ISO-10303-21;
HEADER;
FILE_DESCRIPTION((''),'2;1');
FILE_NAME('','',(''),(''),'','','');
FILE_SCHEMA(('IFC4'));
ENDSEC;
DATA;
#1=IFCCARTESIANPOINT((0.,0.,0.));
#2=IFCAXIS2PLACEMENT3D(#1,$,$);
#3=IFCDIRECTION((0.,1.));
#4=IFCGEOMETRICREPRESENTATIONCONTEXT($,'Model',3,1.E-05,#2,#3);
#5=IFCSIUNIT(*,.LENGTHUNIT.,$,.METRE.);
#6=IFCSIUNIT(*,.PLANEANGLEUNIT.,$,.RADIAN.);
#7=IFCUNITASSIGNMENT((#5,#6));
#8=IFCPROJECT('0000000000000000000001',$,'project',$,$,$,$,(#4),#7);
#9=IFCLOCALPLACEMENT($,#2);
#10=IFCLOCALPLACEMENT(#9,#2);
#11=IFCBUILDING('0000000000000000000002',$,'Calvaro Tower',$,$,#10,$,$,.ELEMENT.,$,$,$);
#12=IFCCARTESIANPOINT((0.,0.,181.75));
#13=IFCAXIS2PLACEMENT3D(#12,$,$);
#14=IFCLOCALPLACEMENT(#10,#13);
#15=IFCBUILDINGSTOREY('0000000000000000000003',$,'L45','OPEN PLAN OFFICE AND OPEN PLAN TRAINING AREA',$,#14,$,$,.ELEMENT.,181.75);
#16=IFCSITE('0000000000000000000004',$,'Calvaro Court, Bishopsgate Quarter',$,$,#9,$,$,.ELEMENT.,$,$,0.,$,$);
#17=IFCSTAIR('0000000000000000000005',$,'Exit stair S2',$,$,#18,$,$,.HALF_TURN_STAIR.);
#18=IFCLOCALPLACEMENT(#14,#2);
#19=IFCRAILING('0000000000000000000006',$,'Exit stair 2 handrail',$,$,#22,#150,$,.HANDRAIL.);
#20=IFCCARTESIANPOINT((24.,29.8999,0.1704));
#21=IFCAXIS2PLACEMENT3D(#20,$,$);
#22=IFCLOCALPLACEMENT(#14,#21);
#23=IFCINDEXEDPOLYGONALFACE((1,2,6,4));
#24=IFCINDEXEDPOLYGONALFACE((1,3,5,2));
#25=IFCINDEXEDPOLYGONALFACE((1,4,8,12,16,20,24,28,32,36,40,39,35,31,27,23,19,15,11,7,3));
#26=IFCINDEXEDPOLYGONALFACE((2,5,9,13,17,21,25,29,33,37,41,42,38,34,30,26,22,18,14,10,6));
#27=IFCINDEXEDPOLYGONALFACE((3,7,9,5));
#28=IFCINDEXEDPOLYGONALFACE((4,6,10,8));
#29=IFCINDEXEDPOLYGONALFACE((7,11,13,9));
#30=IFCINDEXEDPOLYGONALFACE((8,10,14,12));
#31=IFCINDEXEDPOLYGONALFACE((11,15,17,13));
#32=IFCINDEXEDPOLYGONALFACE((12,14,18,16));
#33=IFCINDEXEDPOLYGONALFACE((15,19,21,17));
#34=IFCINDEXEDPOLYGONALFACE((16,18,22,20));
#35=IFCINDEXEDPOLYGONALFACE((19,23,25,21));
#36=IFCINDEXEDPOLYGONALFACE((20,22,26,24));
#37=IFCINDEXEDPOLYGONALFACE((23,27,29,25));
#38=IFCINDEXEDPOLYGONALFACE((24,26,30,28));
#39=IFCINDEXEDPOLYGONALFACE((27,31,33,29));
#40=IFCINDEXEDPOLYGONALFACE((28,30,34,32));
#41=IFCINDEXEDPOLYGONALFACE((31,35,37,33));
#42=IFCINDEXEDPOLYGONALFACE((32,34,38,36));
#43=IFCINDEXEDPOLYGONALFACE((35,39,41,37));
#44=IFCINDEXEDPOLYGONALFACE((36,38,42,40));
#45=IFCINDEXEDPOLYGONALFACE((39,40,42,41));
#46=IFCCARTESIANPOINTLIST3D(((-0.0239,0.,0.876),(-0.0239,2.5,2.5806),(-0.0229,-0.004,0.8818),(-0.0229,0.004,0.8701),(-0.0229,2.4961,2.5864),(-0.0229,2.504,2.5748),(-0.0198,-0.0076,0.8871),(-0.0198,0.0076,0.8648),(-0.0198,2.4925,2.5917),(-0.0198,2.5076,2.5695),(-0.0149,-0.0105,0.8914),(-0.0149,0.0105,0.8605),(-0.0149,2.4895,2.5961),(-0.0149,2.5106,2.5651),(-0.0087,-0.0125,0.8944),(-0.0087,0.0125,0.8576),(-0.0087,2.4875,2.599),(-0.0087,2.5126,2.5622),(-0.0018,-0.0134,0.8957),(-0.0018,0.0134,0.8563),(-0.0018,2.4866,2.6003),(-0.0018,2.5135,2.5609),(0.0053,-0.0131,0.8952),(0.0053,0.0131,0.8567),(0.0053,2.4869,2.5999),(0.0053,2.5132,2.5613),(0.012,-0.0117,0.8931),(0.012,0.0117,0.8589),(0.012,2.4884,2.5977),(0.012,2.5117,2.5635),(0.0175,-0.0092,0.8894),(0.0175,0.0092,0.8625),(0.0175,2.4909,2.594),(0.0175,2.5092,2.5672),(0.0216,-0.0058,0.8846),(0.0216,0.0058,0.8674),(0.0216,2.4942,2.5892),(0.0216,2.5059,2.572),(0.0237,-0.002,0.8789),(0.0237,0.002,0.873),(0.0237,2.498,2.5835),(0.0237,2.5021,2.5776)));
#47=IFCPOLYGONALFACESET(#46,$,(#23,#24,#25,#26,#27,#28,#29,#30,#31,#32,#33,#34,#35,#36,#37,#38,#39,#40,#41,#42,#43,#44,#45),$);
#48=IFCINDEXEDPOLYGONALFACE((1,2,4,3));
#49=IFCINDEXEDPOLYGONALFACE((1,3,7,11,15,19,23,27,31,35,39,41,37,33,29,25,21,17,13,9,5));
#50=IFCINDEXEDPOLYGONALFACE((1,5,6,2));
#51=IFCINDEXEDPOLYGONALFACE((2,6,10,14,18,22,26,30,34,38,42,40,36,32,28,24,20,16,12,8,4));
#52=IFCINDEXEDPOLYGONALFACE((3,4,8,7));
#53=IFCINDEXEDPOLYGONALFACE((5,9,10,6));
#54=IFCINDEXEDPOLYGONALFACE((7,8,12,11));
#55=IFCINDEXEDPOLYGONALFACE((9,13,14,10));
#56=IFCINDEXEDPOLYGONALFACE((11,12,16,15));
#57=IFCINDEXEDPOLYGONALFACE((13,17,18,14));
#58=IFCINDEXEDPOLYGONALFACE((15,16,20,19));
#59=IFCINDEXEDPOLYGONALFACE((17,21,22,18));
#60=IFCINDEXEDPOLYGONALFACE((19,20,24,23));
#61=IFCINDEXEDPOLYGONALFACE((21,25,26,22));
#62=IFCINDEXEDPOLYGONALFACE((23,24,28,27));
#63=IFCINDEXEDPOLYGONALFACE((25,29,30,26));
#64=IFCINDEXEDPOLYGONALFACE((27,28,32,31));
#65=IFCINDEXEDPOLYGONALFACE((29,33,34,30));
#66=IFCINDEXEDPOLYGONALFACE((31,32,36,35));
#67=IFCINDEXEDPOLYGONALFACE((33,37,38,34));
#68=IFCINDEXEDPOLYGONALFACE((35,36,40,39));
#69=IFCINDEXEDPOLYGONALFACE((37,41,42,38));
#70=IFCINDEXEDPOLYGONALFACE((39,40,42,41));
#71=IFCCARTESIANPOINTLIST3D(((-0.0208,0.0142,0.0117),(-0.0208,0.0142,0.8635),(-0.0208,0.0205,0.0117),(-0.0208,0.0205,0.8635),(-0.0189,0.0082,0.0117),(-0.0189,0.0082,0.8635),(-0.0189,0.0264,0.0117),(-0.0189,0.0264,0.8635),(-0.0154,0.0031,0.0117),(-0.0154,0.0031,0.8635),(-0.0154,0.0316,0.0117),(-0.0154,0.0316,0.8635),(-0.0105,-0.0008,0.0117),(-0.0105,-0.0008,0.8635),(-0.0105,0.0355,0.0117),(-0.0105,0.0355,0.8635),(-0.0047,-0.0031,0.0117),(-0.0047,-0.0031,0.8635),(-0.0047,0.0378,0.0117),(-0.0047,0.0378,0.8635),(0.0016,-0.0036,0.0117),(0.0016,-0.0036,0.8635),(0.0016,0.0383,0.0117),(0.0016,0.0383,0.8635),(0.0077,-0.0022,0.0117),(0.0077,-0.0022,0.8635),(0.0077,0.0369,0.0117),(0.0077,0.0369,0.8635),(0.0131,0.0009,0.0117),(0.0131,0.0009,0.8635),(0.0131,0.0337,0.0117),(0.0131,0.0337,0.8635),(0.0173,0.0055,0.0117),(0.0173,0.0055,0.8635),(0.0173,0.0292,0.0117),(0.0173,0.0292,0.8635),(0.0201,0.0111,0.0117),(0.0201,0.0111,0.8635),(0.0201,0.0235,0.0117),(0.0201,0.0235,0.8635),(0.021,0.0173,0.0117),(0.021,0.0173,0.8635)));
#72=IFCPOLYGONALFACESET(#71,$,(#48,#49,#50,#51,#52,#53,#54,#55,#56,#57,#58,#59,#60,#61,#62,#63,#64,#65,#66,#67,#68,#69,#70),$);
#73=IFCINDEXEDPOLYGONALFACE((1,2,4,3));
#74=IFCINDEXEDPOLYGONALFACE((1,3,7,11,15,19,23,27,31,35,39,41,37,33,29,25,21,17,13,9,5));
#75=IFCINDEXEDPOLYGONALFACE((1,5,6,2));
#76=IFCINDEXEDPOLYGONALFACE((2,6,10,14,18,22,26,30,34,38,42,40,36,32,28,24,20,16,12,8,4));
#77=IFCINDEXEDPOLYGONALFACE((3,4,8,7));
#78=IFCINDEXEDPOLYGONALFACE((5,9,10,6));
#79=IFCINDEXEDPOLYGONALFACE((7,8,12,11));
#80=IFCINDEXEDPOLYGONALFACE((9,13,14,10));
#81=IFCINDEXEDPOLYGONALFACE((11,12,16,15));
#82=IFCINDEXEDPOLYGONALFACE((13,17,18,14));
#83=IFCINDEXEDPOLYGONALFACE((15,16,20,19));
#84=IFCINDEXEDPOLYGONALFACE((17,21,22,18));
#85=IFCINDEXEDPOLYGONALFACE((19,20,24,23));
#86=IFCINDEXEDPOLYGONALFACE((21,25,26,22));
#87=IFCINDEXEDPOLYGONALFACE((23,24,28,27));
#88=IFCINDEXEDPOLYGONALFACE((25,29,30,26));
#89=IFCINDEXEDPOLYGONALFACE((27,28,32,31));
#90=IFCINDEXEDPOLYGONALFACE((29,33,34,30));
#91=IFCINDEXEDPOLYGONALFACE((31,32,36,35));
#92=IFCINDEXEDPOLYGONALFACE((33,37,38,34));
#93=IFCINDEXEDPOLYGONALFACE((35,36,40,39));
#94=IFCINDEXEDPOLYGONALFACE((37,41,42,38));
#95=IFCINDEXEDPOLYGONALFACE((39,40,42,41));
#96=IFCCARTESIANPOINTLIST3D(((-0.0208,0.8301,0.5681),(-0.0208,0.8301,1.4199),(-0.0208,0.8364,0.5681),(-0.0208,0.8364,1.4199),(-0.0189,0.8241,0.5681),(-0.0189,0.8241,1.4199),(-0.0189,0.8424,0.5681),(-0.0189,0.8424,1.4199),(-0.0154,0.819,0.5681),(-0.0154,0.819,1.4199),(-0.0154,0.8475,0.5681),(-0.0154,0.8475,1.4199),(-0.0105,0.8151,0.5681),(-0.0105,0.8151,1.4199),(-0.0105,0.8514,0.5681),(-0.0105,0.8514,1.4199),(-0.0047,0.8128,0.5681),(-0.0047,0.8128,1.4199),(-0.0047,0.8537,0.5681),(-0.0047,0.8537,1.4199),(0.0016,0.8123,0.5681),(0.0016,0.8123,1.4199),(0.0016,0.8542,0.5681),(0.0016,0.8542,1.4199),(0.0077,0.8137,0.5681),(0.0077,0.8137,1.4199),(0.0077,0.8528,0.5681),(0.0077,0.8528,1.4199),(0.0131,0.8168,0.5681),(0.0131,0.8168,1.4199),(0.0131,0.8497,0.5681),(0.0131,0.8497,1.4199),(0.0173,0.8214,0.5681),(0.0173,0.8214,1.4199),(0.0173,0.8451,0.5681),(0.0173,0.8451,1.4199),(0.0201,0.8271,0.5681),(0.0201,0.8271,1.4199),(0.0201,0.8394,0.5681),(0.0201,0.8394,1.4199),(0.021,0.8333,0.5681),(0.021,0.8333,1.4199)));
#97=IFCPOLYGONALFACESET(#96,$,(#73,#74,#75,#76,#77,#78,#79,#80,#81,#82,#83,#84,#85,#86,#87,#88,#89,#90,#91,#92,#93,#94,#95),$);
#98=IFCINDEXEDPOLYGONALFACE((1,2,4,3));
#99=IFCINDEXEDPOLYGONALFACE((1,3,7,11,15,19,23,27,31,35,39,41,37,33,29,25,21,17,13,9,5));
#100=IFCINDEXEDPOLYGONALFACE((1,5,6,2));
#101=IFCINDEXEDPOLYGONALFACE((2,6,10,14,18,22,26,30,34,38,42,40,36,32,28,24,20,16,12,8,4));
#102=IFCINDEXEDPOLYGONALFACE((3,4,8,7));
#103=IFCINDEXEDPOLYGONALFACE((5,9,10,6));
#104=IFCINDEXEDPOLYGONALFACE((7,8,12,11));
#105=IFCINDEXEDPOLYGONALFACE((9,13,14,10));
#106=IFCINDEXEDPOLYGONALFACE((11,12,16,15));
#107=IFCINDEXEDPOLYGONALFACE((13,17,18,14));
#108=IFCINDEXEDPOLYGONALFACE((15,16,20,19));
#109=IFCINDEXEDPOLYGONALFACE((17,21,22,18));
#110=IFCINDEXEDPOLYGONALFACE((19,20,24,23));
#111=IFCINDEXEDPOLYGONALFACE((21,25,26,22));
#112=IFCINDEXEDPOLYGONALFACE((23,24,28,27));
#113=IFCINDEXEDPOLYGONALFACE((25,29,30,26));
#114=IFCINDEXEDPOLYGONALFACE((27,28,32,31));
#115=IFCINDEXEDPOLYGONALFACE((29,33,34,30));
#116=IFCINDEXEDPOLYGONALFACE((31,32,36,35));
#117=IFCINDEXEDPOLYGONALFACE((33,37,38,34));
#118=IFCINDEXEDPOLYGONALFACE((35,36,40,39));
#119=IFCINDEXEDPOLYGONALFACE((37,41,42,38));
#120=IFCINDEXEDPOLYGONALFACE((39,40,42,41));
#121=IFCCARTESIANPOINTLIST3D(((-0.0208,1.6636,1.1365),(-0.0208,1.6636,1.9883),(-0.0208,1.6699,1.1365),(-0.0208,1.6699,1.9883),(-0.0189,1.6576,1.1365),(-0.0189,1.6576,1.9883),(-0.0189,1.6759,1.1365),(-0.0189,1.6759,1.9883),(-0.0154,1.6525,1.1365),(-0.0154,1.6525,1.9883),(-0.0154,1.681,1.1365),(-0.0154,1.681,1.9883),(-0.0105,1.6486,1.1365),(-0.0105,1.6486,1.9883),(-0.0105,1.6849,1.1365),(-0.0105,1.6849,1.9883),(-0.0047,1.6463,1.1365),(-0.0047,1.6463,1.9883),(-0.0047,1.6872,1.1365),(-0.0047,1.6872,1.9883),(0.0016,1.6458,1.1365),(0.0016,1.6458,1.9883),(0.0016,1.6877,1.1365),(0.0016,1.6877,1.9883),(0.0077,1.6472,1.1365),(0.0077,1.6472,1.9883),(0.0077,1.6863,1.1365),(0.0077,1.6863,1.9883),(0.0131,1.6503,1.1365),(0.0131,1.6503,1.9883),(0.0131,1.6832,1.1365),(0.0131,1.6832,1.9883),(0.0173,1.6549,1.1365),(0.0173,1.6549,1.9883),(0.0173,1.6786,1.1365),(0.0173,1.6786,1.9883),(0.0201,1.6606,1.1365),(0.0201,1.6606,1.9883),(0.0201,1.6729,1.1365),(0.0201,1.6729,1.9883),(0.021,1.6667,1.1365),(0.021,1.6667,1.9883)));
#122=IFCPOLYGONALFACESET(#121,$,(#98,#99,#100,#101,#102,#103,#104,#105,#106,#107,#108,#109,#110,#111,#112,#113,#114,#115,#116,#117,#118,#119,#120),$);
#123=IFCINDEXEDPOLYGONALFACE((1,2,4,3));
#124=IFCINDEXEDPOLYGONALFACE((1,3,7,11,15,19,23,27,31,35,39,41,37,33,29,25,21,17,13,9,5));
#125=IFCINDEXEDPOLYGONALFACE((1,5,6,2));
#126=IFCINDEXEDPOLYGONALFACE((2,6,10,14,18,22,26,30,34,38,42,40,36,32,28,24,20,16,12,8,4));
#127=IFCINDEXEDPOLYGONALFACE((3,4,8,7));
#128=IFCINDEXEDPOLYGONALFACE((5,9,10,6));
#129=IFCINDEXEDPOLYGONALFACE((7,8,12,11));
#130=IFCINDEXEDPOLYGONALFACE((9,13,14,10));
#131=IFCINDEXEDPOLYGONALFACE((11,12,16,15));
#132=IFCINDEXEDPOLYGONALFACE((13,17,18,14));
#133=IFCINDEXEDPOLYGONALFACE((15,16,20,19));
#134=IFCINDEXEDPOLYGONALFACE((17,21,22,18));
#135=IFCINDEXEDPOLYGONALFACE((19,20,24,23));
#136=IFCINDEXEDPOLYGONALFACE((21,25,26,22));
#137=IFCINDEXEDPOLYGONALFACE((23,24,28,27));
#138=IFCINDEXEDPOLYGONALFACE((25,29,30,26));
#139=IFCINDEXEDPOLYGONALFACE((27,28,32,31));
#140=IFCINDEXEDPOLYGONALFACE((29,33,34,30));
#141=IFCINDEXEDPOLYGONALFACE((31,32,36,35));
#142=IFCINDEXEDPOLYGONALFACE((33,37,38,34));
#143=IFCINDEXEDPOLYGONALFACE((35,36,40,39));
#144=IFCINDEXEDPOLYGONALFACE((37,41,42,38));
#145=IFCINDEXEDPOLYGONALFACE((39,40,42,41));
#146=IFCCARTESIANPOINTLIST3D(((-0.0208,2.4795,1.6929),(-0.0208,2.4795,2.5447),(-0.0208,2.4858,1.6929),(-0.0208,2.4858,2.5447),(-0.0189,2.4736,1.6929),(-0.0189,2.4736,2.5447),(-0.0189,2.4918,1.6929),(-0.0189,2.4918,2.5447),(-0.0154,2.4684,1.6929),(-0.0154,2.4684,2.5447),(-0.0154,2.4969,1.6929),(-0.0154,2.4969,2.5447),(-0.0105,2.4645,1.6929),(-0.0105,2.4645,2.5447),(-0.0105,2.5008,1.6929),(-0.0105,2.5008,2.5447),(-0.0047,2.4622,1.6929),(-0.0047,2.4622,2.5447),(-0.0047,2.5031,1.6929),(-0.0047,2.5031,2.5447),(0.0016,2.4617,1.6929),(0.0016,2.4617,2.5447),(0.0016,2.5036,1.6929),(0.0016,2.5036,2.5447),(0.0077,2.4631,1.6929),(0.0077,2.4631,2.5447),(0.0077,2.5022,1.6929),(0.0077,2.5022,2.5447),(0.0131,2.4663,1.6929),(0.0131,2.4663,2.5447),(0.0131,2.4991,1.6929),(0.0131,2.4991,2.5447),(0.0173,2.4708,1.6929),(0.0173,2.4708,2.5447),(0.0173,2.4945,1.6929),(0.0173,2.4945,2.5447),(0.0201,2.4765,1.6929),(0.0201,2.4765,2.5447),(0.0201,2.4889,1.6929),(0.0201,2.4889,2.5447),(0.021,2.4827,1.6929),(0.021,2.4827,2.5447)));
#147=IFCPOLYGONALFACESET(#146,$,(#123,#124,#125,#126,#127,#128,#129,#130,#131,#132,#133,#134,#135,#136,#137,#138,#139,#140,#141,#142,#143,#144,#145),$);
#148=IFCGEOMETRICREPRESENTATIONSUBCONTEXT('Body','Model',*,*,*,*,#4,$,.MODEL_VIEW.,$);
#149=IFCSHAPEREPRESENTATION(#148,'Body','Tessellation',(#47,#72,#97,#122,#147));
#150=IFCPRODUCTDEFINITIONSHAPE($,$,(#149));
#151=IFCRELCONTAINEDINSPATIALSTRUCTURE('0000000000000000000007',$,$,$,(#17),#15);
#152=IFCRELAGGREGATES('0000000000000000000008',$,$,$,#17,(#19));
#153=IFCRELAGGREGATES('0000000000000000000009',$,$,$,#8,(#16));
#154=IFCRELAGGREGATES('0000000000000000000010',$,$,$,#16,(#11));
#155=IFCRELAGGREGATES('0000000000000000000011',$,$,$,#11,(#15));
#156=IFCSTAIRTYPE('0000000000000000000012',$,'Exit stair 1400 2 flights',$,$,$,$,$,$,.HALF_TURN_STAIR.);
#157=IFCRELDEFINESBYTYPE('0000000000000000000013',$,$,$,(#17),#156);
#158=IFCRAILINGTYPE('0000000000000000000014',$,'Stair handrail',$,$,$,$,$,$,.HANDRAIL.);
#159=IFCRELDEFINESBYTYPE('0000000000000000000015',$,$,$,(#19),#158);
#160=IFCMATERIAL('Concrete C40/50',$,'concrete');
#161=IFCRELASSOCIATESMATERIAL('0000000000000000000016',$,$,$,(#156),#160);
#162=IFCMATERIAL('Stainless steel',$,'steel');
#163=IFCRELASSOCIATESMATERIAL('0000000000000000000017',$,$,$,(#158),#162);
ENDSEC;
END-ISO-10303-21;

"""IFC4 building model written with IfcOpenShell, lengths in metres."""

from ifc_helpers import new_model, si_unit, direction, frame, origin, origin_2d, place, context, subcontext, project, spatial, circle, extrude, material, type_object, element, aggregate, save


model = new_model("IFC4")

# Units and contexts
model_context = context("Model", 3, precision=1e-05, world=origin(), true_north=direction((0.0, 1.0)))
body_context = subcontext(model_context, "Body", "Model", "MODEL_VIEW")
ifc_project = project(units=[si_unit("LENGTHUNIT", "METRE"), si_unit("PLANEANGLEUNIT", "RADIAN")], contexts=[model_context])

# Site, building, storey
site_placement = place(None, origin())
site = spatial("IfcSite", under=ifc_project, at=site_placement, Name="Calvaro Court, Bishopsgate Quarter", CompositionType="ELEMENT", RefElevation=0.0)
building_placement = place(site_placement, origin())
building = spatial("IfcBuilding", under=site, at=building_placement, Name="Calvaro Tower", CompositionType="ELEMENT")
storey_placement = place(building_placement, frame((0.0, 0.0, 181.75)))
storey = spatial("IfcBuildingStorey", under=building, at=storey_placement, Name="L45", Description="OPEN PLAN OFFICE AND OPEN PLAN TRAINING AREA", CompositionType="ELEMENT", Elevation=181.75)

# Stair, railing
ifc_material_1 = material(Name="Concrete C40/50", Category="concrete")
stair_type = type_object("IfcStairType", Name="Exit stair 1400 2 flights", PredefinedType="HALF_TURN_STAIR", material=ifc_material_1)
stair_placement = place(storey_placement, origin())
stair = element("IfcStair", 1, at=stair_placement, inside=storey, type_object=stair_type, Name="Exit stair S2", PredefinedType="HALF_TURN_STAIR")
ifc_material_2 = material(Name="Stainless steel", Category="steel")
railing_type = type_object("IfcRailingType", Name="Stair handrail", PredefinedType="HANDRAIL", material=ifc_material_2)
railing_placement = place(storey_placement, frame((24.0, 29.8999, 0.1704)))
railing = element("IfcRailing", 2, at=railing_placement, type_object=railing_type, Name="Exit stair 2 handrail", PredefinedType="HANDRAIL", context=body_context, shape_type="SweptSolid", body=[
    extrude(circle(Radius=0.0239, at=origin_2d()), frame((0.0, 0.0, 0.876), z_axis=(0.0, 0.826221, 0.563347), x_axis=(-1.0, 0.0, 0.0)), (0.0, 0.0, 1.0), 3.0259),
    extrude(circle(Radius=0.021, at=origin_2d()), frame((0.0, 0.0173, 0.0117)), (0.0, 0.0, 1.0), 0.8518),
    extrude(circle(Radius=0.021, at=origin_2d()), frame((0.0, 0.8333, 0.5681)), (0.0, 0.0, 1.0), 0.8518),
    extrude(circle(Radius=0.021, at=origin_2d()), frame((0.0, 1.6667, 1.1365)), (0.0, 0.0, 1.0), 0.8518),
    extrude(circle(Radius=0.021, at=origin_2d()), frame((0.0, 2.4827, 1.6929)), (0.0, 0.0, 1.0), 0.8518),
])
aggregate(stair, [railing])

save(model, "model.ifc")
